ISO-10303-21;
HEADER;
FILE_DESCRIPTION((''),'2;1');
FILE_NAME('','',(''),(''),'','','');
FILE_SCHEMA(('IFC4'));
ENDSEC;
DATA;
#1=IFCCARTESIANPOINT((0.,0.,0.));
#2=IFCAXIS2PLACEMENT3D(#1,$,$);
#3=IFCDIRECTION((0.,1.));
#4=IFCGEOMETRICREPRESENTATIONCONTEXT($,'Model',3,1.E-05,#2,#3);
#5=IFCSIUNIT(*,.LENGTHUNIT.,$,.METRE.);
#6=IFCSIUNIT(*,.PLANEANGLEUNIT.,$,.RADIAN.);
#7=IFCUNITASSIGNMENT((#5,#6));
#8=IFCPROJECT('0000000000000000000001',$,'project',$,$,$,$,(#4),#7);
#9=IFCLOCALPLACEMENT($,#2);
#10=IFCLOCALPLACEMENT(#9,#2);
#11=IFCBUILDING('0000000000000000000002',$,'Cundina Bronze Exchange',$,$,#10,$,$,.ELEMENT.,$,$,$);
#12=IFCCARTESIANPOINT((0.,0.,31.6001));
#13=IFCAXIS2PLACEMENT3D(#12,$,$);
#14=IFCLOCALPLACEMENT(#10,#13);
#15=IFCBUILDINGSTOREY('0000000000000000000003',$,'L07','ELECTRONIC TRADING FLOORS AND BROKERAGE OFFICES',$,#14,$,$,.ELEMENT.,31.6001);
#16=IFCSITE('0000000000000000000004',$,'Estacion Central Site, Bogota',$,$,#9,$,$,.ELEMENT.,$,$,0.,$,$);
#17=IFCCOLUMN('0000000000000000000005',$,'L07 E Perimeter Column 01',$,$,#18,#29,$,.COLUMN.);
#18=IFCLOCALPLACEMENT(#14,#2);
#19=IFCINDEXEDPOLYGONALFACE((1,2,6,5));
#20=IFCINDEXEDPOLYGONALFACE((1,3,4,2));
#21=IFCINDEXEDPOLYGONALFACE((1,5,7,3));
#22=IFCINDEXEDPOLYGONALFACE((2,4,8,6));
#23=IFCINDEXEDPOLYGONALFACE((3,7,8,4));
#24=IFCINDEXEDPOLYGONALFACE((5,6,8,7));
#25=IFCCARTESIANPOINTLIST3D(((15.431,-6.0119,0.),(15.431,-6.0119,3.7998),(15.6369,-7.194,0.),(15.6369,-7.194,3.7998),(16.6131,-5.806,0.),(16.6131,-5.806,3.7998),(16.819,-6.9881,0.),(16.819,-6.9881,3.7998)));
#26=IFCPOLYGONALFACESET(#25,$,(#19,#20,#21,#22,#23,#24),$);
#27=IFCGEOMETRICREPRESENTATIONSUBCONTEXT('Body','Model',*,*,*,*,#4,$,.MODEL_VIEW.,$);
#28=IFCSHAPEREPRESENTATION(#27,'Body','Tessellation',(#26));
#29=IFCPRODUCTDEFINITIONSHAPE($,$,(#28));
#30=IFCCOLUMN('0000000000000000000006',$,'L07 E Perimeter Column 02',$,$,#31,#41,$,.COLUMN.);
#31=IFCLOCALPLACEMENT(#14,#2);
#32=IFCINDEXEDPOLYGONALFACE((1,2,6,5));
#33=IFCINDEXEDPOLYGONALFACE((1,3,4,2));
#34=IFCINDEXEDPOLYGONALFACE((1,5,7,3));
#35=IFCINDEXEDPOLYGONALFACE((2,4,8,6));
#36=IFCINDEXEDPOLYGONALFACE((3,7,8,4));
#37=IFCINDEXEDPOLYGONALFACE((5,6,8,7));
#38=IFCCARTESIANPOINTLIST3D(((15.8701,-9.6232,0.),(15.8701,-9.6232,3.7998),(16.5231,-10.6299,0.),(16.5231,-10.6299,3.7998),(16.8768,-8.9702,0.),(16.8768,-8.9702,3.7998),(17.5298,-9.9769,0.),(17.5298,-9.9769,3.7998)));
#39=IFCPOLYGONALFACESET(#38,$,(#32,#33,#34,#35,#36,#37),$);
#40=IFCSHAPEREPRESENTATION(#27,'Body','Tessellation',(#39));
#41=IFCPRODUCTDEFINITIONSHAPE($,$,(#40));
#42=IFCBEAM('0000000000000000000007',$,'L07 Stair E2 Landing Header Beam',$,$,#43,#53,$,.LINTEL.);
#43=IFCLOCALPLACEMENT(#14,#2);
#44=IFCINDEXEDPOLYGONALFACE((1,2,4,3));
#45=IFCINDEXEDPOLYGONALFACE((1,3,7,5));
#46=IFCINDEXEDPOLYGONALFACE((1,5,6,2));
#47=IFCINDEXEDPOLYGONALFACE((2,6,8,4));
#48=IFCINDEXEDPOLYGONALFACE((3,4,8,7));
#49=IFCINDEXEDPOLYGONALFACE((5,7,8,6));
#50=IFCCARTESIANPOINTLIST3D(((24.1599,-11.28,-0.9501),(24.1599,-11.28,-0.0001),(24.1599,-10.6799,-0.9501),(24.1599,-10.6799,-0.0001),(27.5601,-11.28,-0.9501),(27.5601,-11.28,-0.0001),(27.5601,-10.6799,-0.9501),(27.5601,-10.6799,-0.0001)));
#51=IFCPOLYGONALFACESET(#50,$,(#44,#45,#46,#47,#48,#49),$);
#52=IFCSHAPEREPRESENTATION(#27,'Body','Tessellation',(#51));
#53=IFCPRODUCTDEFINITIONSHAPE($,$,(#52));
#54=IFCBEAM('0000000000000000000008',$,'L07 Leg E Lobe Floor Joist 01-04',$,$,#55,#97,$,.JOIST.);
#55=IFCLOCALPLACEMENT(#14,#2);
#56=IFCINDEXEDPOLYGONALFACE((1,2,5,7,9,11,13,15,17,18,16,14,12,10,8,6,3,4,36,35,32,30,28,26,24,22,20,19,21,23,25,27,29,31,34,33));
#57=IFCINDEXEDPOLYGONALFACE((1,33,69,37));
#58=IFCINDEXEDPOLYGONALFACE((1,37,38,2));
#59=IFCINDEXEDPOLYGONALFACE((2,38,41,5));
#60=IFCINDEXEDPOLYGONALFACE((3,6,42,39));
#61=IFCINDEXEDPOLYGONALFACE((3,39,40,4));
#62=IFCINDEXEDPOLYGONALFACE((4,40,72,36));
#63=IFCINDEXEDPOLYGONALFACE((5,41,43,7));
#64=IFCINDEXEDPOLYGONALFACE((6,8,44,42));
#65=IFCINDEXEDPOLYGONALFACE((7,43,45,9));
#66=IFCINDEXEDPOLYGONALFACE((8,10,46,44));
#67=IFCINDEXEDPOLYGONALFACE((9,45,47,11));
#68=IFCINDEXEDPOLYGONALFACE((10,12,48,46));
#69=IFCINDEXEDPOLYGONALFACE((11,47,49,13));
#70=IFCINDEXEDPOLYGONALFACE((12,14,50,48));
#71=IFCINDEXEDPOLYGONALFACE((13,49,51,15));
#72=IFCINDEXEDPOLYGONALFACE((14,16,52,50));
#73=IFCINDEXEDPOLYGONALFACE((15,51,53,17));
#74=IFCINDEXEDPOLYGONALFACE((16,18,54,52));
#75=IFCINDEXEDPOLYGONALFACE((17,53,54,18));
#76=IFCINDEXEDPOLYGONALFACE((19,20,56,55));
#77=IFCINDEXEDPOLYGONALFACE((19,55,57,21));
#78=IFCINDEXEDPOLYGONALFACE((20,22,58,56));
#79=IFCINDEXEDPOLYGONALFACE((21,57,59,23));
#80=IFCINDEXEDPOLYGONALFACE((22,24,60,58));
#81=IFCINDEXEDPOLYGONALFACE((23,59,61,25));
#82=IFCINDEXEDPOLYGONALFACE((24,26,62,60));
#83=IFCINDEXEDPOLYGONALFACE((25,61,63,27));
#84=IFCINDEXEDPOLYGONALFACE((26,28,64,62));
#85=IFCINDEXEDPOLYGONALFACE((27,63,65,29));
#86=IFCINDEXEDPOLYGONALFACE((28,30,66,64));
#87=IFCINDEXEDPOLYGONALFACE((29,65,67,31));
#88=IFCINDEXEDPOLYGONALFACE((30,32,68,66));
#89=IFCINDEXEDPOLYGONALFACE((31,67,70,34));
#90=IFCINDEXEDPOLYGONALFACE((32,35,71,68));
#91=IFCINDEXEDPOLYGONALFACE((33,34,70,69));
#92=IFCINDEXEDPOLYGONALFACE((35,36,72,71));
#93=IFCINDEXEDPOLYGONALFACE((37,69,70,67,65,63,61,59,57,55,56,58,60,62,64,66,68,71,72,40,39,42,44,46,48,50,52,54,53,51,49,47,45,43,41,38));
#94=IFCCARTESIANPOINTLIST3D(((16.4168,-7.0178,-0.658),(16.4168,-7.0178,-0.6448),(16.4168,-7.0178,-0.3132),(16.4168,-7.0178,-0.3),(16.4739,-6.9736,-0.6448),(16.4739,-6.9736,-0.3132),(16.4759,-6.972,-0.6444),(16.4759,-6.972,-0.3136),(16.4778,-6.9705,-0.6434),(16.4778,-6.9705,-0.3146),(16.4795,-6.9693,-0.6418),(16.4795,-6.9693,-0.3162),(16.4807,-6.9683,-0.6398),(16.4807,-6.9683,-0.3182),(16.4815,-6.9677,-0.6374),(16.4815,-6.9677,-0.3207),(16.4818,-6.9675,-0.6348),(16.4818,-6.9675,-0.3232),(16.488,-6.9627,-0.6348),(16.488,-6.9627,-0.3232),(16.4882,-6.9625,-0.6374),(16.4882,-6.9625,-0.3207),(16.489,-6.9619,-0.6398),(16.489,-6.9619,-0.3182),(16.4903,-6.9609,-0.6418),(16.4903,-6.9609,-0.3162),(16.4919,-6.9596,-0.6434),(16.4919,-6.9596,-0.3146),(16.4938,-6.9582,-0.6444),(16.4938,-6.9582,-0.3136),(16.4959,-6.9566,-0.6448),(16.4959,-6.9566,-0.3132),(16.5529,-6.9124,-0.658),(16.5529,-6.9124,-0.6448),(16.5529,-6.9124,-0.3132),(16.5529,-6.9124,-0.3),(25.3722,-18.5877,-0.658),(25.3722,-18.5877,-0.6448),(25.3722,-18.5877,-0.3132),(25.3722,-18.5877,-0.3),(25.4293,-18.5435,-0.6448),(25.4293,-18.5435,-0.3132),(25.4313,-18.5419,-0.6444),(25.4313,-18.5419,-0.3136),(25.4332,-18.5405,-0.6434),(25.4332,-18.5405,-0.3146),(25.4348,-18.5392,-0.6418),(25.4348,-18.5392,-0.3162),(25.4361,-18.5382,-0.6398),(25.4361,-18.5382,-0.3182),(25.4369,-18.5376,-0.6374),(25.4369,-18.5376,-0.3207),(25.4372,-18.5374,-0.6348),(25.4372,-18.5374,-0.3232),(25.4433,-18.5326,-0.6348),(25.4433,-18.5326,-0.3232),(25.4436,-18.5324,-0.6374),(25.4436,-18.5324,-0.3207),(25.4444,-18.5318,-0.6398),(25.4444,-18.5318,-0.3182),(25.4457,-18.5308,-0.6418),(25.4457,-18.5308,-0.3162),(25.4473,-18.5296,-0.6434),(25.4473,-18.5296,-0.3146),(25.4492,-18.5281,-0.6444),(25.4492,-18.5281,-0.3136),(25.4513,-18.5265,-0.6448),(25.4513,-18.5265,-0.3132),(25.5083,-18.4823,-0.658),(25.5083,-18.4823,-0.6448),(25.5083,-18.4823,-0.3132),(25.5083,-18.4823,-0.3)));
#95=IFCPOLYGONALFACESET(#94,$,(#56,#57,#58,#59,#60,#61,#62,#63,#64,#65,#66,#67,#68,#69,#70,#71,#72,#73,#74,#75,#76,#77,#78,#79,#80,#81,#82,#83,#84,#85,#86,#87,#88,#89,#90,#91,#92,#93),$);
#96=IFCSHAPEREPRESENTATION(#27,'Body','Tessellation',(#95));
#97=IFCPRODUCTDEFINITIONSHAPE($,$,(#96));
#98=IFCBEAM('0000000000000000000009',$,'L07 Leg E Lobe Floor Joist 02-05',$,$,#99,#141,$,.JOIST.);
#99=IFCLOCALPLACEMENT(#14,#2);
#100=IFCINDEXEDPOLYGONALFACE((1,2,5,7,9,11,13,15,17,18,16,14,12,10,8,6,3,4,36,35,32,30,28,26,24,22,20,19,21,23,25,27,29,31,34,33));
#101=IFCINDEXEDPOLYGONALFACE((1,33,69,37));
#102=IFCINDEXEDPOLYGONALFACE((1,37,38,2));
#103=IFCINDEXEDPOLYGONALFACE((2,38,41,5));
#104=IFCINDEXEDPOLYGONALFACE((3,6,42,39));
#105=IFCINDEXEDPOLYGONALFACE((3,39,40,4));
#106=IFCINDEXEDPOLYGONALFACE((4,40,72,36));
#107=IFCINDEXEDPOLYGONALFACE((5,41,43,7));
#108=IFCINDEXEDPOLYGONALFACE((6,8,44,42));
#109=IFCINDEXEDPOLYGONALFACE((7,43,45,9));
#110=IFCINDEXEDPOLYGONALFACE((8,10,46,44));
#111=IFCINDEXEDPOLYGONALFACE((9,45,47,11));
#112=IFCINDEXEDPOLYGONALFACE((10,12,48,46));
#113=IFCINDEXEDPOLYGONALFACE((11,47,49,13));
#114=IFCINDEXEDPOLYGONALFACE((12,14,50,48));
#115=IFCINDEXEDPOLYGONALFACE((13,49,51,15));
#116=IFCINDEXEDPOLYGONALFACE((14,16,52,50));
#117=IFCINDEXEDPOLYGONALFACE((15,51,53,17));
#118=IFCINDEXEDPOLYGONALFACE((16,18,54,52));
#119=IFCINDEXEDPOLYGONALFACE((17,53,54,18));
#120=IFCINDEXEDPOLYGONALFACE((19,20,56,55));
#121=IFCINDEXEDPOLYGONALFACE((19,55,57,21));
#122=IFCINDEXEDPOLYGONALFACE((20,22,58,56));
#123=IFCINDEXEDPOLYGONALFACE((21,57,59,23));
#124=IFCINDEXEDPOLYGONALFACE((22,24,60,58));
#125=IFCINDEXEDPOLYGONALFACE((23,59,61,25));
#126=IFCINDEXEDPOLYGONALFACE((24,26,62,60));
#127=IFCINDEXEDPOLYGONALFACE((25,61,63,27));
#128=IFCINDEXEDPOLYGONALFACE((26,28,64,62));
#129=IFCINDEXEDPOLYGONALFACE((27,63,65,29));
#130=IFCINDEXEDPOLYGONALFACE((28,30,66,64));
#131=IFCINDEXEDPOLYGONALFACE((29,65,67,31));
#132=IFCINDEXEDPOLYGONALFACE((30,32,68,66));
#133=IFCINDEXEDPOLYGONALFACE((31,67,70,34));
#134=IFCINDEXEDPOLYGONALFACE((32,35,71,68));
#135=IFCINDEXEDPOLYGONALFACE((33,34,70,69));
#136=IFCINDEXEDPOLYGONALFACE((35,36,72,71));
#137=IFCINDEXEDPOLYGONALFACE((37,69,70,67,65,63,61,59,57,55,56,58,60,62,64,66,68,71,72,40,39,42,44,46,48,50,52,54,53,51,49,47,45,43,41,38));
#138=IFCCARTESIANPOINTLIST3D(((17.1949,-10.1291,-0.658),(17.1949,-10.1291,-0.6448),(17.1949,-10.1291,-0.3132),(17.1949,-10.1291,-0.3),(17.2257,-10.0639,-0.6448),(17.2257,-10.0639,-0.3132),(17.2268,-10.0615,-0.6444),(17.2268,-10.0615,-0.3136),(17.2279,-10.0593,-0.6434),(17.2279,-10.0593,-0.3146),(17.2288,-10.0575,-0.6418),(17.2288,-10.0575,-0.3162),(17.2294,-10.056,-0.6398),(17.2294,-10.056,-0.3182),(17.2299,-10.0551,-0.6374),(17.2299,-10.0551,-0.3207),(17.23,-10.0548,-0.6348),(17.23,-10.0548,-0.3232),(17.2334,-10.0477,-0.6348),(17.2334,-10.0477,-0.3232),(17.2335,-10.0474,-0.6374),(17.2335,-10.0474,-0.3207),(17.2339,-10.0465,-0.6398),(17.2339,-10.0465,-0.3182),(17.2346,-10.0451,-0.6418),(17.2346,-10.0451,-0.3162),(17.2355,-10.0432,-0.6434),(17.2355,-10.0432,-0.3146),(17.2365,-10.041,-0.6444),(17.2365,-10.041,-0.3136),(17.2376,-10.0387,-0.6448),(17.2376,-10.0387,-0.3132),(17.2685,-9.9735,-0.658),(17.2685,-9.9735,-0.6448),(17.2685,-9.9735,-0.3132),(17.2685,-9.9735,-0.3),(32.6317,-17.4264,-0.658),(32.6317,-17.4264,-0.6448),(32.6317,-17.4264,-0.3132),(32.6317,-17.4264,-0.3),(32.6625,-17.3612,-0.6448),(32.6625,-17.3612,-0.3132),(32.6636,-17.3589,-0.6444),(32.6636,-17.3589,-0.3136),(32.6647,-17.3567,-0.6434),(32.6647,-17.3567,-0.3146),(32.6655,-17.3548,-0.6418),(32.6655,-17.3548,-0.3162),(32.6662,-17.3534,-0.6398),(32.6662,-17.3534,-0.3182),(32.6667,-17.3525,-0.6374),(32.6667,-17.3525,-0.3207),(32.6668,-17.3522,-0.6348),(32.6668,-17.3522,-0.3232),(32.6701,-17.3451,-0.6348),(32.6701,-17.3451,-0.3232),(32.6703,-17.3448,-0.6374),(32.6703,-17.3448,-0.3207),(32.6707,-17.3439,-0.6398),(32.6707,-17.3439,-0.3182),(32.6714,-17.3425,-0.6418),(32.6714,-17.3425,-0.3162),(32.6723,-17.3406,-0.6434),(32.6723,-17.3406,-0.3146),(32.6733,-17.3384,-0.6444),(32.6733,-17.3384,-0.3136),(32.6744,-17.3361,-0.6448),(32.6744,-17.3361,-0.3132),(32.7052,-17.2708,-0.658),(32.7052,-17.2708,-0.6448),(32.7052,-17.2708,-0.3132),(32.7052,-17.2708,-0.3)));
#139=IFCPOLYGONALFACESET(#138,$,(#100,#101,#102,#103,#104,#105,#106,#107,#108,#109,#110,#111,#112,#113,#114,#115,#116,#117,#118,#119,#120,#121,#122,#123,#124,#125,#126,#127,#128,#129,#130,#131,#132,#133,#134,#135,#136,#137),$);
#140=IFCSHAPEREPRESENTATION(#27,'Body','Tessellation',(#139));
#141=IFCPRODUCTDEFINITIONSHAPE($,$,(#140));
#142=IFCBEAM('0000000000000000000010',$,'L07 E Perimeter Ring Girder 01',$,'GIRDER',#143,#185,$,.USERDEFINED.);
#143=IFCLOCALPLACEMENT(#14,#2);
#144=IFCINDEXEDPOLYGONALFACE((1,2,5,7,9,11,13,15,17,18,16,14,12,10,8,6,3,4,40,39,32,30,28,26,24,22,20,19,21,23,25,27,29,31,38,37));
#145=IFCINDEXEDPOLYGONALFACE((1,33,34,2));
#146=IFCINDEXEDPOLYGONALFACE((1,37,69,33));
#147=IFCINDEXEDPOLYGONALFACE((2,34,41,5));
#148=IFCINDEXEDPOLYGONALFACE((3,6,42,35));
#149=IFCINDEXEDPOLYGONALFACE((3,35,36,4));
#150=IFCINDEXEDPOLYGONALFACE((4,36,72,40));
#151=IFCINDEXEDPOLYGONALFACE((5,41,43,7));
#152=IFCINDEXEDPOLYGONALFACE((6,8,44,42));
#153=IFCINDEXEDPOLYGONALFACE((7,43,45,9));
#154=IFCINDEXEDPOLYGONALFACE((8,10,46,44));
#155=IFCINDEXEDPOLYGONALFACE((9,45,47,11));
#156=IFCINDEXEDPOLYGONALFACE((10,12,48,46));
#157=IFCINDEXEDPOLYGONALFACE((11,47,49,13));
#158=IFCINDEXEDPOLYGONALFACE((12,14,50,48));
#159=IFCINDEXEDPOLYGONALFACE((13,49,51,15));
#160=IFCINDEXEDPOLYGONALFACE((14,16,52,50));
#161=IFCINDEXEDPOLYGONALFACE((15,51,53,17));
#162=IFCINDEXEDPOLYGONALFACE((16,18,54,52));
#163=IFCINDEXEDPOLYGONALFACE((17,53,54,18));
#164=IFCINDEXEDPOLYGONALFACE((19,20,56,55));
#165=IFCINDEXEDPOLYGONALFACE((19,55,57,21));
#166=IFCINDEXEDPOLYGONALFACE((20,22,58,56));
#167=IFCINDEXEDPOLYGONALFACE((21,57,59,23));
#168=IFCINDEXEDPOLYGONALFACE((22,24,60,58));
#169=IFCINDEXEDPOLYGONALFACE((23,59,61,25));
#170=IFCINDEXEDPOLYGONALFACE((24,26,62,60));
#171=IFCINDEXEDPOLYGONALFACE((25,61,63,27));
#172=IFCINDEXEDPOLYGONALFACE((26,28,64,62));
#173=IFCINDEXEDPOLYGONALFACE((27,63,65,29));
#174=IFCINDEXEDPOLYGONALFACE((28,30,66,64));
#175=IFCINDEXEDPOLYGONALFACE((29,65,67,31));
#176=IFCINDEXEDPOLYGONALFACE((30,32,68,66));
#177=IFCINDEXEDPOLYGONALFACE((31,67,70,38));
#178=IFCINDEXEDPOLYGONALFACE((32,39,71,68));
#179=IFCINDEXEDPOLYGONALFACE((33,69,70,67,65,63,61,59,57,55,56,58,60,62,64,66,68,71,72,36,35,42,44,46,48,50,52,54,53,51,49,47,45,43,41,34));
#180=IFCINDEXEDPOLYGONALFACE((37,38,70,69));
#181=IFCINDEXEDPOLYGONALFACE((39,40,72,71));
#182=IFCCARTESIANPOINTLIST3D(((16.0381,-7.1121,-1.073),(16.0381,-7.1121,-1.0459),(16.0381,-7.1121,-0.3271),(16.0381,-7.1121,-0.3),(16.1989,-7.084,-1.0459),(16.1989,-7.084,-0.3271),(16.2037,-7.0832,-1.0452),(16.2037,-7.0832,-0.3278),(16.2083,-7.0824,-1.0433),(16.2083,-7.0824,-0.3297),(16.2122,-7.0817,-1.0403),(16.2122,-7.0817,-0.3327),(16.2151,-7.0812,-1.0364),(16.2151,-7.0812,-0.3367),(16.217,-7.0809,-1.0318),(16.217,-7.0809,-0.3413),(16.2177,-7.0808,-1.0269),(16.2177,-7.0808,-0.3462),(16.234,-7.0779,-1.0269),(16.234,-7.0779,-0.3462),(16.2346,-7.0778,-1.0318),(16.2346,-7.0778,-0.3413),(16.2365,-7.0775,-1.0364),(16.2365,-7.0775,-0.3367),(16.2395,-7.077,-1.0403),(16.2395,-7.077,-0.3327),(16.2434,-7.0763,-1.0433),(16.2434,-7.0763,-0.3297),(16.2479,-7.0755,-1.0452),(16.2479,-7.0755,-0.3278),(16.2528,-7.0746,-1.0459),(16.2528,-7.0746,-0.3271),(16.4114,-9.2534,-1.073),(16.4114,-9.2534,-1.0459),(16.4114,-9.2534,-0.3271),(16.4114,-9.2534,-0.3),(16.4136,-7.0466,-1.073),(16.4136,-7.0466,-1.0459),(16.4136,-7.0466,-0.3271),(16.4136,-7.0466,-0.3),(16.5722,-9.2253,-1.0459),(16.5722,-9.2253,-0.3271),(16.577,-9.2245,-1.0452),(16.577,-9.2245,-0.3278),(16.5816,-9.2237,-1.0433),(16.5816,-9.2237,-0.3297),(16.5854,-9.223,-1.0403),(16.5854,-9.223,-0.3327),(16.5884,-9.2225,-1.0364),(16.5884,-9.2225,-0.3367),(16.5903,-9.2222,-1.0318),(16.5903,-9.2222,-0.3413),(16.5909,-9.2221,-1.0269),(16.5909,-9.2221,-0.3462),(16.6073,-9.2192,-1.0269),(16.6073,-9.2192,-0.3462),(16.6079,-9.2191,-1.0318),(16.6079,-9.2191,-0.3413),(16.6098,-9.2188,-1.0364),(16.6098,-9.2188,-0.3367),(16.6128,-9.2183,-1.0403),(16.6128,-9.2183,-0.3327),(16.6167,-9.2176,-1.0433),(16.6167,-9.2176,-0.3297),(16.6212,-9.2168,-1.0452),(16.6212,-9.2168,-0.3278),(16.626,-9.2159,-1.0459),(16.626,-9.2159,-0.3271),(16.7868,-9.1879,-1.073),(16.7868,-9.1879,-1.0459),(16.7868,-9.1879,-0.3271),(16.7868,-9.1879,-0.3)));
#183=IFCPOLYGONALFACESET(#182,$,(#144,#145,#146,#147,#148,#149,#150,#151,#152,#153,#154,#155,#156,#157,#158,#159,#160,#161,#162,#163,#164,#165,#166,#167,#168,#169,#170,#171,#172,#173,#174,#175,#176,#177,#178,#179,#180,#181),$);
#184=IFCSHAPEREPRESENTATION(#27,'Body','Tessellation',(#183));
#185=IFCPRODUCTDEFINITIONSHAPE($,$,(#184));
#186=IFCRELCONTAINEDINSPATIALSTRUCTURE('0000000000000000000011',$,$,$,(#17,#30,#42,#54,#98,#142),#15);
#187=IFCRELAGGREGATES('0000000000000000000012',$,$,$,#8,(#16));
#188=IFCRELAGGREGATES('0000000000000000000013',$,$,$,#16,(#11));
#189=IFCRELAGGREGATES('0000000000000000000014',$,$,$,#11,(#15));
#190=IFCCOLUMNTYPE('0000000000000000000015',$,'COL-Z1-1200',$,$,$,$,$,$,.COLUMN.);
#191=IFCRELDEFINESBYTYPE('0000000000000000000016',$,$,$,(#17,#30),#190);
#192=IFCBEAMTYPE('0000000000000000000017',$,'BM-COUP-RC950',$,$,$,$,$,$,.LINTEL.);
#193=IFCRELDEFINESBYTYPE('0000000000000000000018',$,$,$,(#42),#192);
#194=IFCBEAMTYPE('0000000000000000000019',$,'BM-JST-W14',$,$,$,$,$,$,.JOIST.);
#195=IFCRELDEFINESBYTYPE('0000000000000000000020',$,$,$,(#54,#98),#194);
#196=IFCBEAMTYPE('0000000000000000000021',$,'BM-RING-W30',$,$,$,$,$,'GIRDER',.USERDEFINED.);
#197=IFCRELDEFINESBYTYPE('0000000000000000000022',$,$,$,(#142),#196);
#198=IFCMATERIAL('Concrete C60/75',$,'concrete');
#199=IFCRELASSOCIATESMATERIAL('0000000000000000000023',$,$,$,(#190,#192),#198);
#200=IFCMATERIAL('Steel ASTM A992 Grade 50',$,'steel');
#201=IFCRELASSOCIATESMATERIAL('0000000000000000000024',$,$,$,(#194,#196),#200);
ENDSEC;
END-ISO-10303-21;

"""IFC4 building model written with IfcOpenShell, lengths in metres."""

from ifc_helpers import new_model, si_unit, direction, frame, origin, origin_2d, place, context, subcontext, project, spatial, rectangle, i_section, extrude, material, material_profile, profile_set, type_object, element, save


model = new_model("IFC4")

# Units and contexts
model_context = context("Model", 3, precision=1e-05, world=origin(), true_north=direction((0.0, 1.0)))
body_context = subcontext(model_context, "Body", "Model", "MODEL_VIEW")
ifc_project = project(units=[si_unit("LENGTHUNIT", "METRE"), si_unit("PLANEANGLEUNIT", "RADIAN")], contexts=[model_context])

# Site, building, storey
site_placement = place(None, origin())
site = spatial("IfcSite", under=ifc_project, at=site_placement, Name="Estacion Central Site, Bogota", CompositionType="ELEMENT", RefElevation=0.0)
building_placement = place(site_placement, origin())
building = spatial("IfcBuilding", under=site, at=building_placement, Name="Cundina Bronze Exchange", CompositionType="ELEMENT")
storey_placement = place(building_placement, frame((0.0, 0.0, 31.6001)))
storey = spatial("IfcBuildingStorey", under=building, at=storey_placement, Name="L07", Description="ELECTRONIC TRADING FLOORS AND BROKERAGE OFFICES", CompositionType="ELEMENT", Elevation=31.6001)

# Columns
ifc_material_1 = material(Name="Concrete C60/75", Category="concrete")
ifc_material_profile_1 = material_profile(ifc_material_1, rectangle(XDim=1.2, YDim=1.2, at=origin_2d()), Name="RC1200X1200", Category="concrete")
ifc_profile_set_1 = profile_set([ifc_material_profile_1], Name="Concrete C60/75")
column_type = type_object("IfcColumnType", Name="COL-Z1-1200", PredefinedType="COLUMN", material=ifc_profile_set_1)
for number, where, z_axis, x_axis, name in (
    (1, (16.125, -6.5, 0.0), (0.0, 0.0, 1.0), (0.171585, -0.985169, 0.0), "L07 E Perimeter Column 01"),
    (2, (16.7, -9.8, 0.0), (0.0, 0.0, 1.0), (0.5442, -0.838956, 0.0), "L07 E Perimeter Column 02"),
):
    element("IfcColumn", number, at=place(storey_placement, frame(where, z_axis=z_axis, x_axis=x_axis)), inside=storey, type_object=column_type, Name=name, PredefinedType="COLUMN", context=body_context, shape_type="SweptSolid", body=[
        extrude(rectangle(XDim=1.2, YDim=1.2, at=origin_2d()), origin(), (0.0, 0.0, 1.0), 3.7998),
    ])

# Beams
ifc_material_profile_2 = material_profile(ifc_material_1, rectangle(XDim=0.6001, YDim=0.95, at=origin_2d()), Name="RC600X950", Category="concrete")
ifc_profile_set_2 = profile_set([ifc_material_profile_2], Name="Concrete C60/75")
beam_type_1 = type_object("IfcBeamType", Name="BM-COUP-RC950", PredefinedType="LINTEL", material=ifc_profile_set_2)
beam_1_placement = place(storey_placement, frame((24.1599, -10.98, -0.4751), z_axis=(1.0, 0.0, 0.0), x_axis=(0.0, 1.0, 0.0)))
element("IfcBeam", 3, at=beam_1_placement, inside=storey, type_object=beam_type_1, Name="L07 Stair E2 Landing Header Beam", PredefinedType="LINTEL", context=body_context, shape_type="SweptSolid", body=[
    extrude(rectangle(XDim=0.6001, YDim=0.95, at=origin_2d()), origin(), (0.0, 0.0, 1.0), 3.4001),
])
ifc_material_2 = material(Name="Steel ASTM A992 Grade 50", Category="steel")
ifc_material_profile_3 = material_profile(ifc_material_2, i_section(OverallWidth=0.1721, OverallDepth=0.3579, WebThickness=0.0078, FlangeThickness=0.0132, FilletRadius=0.01, at=origin_2d()), Name="W14X38", Category="steel")
ifc_profile_set_3 = profile_set([ifc_material_profile_3], Name="Steel ASTM A992 Grade 50")
beam_type_2 = type_object("IfcBeamType", Name="BM-JST-W14", PredefinedType="JOIST", material=ifc_profile_set_3)
beam_2_placement = place(storey_placement, frame((16.4849, -6.9651, -0.479), z_axis=(0.612089, -0.790789, 0.0), x_axis=(0.790789, 0.612089, 0.0)))
element("IfcBeam", 4, at=beam_2_placement, inside=storey, type_object=beam_type_2, Name="L07 Leg E Lobe Floor Joist 01-04", PredefinedType="JOIST", context=body_context, shape_type="SweptSolid", body=[
    extrude(i_section(OverallWidth=0.1721, OverallDepth=0.3579, WebThickness=0.0078, FlangeThickness=0.0132, FilletRadius=0.01, at=origin_2d()), origin(), (0.0, 0.0, 1.0), 14.6309),
])
beam_3_placement = place(storey_placement, frame((17.2317, -10.0513, -0.479), z_axis=(0.904073, -0.427379, 0.0), x_axis=(0.427379, 0.904073, 0.0)))
element("IfcBeam", 5, at=beam_3_placement, inside=storey, type_object=beam_type_2, Name="L07 Leg E Lobe Floor Joist 02-05", PredefinedType="JOIST", context=body_context, shape_type="SweptSolid", body=[
    extrude(i_section(OverallWidth=0.1721, OverallDepth=0.3579, WebThickness=0.0078, FlangeThickness=0.0132, FilletRadius=0.01, at=origin_2d()), origin(), (0.0, 0.0, 1.0), 17.0747),
])
ifc_material_profile_4 = material_profile(ifc_material_2, i_section(OverallWidth=0.3811, OverallDepth=0.7729, WebThickness=0.0166, FlangeThickness=0.0271, FilletRadius=0.019, at=origin_2d()), Name="W30X173", Category="steel")
ifc_profile_set_4 = profile_set([ifc_material_profile_4], Name="Steel ASTM A992 Grade 50")
beam_type_3 = type_object("IfcBeamType", Name="BM-RING-W30", ElementType="GIRDER", PredefinedType="USERDEFINED", material=ifc_profile_set_4)
beam_4_placement = place(storey_placement, frame((16.2258, -7.0793, -0.6865), z_axis=(0.171735, -0.985143, 0.0), x_axis=(0.985143, 0.171735, 0.0)))
element("IfcBeam", 6, at=beam_4_placement, inside=storey, type_object=beam_type_3, Name="L07 E Perimeter Ring Girder 01", ObjectType="GIRDER", PredefinedType="USERDEFINED", context=body_context, shape_type="SweptSolid", body=[
    extrude(i_section(OverallWidth=0.3811, OverallDepth=0.7729, WebThickness=0.0166, FlangeThickness=0.0271, FilletRadius=0.019, at=origin_2d()), origin(), (0.0, 0.0, 1.0), 2.1736),
])

save(model, "model.ifc")
